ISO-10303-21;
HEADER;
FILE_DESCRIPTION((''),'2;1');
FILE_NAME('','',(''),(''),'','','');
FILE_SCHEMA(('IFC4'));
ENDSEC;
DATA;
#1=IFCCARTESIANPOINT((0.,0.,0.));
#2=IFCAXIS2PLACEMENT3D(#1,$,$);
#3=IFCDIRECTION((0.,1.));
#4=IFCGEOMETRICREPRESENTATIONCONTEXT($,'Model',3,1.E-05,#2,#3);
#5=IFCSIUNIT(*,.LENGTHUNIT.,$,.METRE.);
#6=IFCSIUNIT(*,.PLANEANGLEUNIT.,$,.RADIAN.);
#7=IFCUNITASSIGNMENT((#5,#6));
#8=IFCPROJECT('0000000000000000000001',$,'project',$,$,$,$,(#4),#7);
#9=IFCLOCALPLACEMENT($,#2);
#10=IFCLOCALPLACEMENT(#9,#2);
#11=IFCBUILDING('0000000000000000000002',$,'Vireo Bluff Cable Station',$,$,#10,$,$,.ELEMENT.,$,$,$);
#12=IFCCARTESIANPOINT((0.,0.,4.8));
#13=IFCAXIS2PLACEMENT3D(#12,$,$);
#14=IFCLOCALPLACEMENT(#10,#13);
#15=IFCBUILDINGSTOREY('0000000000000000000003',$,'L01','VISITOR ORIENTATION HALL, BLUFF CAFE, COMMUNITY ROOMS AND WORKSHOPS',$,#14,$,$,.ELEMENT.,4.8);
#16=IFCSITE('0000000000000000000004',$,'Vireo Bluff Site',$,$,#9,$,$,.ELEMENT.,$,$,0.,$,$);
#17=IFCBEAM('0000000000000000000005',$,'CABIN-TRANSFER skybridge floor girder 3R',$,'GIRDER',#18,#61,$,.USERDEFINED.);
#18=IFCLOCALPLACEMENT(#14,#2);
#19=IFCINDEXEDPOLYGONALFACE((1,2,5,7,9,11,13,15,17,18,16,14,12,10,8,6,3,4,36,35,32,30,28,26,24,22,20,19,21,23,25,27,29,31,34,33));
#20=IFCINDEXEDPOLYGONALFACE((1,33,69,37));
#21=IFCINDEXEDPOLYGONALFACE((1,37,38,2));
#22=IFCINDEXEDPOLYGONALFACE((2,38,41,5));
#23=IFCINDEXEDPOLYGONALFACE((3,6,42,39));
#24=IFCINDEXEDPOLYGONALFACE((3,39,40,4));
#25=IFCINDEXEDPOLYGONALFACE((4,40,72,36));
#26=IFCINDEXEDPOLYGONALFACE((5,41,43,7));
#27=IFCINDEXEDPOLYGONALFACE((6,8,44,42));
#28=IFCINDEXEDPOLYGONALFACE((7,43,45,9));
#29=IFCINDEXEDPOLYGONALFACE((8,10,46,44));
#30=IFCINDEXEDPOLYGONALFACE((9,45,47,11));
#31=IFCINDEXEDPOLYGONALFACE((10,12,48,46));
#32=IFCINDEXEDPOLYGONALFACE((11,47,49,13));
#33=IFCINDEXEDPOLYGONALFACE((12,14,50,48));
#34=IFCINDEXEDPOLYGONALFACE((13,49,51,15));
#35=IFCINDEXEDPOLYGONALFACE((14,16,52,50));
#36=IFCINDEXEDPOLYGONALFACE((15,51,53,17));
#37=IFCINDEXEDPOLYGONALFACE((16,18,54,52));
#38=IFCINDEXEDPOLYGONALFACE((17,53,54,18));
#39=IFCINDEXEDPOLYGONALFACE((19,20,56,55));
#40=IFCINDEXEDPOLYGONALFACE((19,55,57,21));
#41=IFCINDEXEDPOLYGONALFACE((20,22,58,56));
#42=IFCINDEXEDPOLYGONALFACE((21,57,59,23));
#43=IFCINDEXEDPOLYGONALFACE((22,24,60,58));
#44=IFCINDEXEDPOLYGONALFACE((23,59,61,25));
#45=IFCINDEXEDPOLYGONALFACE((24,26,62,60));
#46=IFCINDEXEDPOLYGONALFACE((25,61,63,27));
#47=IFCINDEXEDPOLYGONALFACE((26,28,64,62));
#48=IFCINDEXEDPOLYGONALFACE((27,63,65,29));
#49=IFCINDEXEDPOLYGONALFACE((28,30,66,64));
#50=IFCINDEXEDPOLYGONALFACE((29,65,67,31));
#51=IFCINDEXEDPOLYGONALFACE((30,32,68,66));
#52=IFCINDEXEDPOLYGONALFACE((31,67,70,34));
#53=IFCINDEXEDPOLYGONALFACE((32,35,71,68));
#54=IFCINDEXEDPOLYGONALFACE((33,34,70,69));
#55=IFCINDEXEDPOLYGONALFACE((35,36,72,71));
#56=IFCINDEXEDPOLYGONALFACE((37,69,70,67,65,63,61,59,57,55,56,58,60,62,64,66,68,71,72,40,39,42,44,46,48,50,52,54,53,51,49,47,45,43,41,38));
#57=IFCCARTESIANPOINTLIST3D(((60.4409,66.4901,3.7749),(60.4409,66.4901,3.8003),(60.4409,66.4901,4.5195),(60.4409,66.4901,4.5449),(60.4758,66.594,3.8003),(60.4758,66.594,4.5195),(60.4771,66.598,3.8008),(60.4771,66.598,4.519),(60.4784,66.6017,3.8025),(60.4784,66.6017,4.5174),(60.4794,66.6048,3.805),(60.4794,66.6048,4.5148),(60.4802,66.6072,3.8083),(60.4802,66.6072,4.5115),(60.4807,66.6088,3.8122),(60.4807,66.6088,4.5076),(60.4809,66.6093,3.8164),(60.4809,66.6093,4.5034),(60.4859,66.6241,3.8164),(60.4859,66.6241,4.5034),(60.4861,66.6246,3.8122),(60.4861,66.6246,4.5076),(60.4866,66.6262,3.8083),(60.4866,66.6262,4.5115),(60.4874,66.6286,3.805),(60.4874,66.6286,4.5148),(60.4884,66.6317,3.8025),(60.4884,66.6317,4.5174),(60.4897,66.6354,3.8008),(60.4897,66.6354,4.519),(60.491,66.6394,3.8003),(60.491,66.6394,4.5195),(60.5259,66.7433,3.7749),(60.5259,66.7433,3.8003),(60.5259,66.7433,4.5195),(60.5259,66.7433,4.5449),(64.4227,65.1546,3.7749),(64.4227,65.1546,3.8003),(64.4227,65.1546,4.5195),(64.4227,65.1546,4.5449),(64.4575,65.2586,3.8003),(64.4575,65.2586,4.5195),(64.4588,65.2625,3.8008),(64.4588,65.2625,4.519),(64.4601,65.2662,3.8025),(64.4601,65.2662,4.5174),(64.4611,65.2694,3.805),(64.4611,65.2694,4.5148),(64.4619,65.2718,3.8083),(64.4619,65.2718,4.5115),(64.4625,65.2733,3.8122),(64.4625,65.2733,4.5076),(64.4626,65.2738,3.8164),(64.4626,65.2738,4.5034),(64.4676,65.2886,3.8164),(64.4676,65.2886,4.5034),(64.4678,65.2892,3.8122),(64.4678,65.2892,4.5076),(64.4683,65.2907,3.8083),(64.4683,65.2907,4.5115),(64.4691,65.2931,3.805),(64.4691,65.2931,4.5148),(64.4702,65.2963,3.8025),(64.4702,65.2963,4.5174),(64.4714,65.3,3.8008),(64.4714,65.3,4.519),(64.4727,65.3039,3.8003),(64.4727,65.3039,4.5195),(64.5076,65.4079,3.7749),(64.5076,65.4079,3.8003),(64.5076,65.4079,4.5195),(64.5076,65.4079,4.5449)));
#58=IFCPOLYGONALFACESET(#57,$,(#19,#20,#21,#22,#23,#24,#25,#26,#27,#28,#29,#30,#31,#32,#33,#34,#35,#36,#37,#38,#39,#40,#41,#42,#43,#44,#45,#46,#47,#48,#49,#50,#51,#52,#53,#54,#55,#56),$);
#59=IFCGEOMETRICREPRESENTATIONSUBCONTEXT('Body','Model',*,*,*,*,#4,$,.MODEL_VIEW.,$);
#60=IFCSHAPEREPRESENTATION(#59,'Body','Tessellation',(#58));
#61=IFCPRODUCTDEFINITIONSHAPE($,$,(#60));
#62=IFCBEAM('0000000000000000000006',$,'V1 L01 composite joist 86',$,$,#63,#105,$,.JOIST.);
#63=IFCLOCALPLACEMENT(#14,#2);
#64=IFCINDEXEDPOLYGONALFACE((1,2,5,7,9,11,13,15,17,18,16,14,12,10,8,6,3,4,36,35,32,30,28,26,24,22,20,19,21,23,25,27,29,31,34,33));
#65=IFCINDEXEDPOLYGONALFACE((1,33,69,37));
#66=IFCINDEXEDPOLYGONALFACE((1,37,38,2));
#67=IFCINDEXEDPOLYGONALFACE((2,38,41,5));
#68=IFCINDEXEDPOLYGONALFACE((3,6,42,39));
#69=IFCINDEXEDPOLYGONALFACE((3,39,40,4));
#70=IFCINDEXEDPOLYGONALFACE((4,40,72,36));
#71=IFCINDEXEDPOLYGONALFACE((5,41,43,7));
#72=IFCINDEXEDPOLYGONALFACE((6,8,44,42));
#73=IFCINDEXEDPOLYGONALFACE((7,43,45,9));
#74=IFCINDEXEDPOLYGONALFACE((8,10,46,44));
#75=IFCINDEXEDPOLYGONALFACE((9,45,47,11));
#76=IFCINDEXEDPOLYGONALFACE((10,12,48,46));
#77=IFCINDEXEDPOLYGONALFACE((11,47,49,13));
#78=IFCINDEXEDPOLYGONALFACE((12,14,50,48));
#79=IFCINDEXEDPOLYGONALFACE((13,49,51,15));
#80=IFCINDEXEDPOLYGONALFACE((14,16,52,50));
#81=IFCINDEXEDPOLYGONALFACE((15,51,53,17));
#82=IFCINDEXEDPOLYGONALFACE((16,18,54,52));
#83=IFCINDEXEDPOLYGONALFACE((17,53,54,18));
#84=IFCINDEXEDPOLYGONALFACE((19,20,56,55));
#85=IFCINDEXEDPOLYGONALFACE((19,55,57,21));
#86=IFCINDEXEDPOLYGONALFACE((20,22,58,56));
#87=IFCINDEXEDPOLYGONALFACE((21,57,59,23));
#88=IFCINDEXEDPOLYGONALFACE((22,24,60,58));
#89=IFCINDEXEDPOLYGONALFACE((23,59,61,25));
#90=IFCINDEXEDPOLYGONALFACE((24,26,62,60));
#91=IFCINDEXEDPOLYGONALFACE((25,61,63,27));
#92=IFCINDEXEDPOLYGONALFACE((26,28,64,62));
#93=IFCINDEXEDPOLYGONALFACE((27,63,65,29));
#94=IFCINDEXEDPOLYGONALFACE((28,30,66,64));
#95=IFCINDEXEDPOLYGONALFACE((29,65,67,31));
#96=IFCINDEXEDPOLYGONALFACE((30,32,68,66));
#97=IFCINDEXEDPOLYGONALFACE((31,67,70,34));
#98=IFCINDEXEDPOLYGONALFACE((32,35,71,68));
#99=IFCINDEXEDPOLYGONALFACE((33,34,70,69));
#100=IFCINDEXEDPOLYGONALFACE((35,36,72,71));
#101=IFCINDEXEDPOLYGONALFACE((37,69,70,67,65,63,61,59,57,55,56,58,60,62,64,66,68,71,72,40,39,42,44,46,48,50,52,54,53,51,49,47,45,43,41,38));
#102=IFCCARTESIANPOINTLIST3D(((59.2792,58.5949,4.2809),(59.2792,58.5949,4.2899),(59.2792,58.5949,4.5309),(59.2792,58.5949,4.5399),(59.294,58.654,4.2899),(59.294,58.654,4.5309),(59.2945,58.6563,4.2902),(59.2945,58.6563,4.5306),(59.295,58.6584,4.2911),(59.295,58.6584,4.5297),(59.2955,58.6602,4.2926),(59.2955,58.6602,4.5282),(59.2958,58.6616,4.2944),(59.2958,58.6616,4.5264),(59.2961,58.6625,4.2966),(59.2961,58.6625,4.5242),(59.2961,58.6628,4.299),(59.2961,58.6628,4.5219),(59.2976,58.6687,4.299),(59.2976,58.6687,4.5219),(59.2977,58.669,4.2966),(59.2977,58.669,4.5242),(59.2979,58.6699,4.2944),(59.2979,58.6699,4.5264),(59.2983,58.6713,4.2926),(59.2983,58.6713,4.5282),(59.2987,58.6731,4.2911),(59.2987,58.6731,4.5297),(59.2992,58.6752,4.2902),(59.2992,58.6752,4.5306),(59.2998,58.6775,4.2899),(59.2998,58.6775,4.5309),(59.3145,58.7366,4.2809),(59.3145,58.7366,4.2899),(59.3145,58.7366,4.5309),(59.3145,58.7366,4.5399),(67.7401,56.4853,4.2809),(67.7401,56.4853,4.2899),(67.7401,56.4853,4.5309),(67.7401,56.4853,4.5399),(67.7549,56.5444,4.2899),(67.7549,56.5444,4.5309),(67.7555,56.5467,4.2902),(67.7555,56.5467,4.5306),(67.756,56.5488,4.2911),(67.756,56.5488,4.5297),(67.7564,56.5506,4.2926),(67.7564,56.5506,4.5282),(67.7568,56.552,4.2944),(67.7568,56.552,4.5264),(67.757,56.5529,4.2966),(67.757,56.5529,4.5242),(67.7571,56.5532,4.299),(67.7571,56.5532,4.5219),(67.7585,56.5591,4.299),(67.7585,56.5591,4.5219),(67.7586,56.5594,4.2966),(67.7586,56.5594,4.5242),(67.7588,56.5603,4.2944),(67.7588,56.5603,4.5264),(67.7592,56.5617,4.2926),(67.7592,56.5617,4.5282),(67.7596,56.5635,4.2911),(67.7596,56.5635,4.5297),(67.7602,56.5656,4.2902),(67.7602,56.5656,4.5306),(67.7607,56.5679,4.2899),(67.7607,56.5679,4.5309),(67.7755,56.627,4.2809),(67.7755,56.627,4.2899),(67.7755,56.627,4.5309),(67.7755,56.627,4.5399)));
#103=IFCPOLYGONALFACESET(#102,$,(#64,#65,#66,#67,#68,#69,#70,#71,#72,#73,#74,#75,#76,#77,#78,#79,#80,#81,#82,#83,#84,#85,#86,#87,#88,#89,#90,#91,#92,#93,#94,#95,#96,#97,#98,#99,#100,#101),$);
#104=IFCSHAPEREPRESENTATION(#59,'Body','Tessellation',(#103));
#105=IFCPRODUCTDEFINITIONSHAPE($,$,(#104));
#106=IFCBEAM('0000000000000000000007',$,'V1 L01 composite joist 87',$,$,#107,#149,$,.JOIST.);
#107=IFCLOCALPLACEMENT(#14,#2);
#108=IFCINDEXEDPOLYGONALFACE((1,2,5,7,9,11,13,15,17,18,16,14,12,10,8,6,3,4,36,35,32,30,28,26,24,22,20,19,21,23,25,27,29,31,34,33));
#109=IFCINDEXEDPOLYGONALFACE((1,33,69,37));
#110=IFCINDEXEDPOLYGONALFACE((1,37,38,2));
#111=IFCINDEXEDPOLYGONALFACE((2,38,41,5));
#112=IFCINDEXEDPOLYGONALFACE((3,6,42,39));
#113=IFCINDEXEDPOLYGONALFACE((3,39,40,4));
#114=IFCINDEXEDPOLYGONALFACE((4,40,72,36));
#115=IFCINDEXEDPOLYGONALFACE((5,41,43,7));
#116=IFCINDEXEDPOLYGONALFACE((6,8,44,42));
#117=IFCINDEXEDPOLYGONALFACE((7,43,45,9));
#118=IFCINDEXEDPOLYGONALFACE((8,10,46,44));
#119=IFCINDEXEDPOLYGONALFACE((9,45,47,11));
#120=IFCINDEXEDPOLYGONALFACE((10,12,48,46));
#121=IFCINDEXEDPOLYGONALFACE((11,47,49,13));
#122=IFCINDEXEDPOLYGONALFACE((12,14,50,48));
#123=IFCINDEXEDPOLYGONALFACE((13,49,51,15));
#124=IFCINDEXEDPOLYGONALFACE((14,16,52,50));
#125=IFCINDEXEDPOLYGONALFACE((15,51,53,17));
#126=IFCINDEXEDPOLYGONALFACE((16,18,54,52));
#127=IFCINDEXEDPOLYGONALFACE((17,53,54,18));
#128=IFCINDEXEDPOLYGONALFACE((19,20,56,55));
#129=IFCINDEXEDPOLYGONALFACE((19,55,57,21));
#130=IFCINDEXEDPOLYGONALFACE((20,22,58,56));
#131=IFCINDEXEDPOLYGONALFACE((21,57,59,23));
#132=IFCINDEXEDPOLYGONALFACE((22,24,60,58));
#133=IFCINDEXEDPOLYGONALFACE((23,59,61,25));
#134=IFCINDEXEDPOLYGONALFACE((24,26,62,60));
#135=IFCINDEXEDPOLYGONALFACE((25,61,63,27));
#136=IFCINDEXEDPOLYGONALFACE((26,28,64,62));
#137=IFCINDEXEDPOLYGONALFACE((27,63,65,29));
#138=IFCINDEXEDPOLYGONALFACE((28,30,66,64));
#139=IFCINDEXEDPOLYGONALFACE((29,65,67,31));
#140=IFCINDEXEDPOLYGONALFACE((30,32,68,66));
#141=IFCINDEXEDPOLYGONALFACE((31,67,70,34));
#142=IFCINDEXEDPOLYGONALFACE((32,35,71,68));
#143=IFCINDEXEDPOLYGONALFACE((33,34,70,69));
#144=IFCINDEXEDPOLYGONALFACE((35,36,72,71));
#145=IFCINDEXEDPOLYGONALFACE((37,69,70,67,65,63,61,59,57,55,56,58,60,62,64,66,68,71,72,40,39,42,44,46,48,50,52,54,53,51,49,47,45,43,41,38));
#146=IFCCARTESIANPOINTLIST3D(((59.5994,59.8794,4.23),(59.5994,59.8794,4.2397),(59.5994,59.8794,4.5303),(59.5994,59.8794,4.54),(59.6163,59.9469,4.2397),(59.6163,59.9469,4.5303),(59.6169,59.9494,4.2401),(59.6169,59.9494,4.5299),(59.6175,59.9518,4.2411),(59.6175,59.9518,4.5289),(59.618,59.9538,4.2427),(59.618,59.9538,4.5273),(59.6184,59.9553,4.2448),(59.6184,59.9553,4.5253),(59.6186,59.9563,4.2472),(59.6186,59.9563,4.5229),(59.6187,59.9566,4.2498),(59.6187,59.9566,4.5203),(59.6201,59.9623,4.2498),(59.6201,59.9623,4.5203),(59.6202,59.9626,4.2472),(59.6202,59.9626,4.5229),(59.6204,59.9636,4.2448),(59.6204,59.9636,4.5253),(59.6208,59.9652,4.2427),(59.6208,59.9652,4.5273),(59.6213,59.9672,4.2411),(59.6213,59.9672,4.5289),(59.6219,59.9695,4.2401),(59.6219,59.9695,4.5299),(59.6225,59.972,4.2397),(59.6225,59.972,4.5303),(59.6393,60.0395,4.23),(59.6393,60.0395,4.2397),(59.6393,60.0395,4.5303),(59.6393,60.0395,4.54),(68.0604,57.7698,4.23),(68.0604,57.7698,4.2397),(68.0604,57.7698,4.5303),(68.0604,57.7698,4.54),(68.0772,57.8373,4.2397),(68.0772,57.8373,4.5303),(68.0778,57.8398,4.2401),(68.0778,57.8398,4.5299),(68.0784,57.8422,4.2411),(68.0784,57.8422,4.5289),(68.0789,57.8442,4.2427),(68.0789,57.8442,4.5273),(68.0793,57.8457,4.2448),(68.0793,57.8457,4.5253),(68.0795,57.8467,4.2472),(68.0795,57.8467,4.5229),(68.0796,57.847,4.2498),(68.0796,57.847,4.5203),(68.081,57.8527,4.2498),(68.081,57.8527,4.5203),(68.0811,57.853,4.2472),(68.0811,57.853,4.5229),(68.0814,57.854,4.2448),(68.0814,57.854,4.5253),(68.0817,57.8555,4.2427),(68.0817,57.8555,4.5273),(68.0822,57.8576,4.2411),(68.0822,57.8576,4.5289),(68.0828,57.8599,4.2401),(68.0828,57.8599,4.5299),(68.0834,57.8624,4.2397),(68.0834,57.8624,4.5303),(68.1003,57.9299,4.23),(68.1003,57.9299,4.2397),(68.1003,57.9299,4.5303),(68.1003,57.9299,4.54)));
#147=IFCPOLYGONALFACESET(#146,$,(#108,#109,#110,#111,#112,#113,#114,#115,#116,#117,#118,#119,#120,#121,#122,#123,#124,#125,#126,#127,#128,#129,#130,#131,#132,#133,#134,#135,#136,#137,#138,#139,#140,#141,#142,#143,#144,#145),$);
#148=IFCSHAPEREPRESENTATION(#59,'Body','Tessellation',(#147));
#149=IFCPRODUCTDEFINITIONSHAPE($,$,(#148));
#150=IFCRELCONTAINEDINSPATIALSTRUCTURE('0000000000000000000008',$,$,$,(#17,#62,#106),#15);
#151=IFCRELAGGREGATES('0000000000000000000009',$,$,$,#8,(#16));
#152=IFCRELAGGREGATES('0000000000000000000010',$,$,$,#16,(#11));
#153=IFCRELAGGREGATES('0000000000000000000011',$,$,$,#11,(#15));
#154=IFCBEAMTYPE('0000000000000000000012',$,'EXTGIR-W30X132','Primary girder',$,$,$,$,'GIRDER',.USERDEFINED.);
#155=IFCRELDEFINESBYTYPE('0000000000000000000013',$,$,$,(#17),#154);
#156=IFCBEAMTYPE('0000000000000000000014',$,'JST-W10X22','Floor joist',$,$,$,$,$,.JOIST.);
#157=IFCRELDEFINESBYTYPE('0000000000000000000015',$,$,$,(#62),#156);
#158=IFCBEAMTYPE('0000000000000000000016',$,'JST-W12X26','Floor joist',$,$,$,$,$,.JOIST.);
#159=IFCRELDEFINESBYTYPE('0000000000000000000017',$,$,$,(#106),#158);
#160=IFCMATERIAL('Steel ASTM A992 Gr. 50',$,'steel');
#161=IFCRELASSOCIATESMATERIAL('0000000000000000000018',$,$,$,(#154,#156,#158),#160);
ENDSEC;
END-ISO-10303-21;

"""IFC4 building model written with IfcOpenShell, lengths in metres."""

from ifc_helpers import new_model, si_unit, direction, frame, origin, origin_2d, place, context, subcontext, project, spatial, i_section, extrude, material, material_profile, profile_set, type_object, element, save


model = new_model("IFC4")

# Units and contexts
model_context = context("Model", 3, precision=1e-05, world=origin(), true_north=direction((0.0, 1.0)))
body_context = subcontext(model_context, "Body", "Model", "MODEL_VIEW")
ifc_project = project(units=[si_unit("LENGTHUNIT", "METRE"), si_unit("PLANEANGLEUNIT", "RADIAN")], contexts=[model_context])

# Site, building, storey
site_placement = place(None, origin())
site = spatial("IfcSite", under=ifc_project, at=site_placement, Name="Vireo Bluff Site", CompositionType="ELEMENT", RefElevation=0.0)
building_placement = place(site_placement, origin())
building = spatial("IfcBuilding", under=site, at=building_placement, Name="Vireo Bluff Cable Station", CompositionType="ELEMENT")
storey_placement = place(building_placement, frame((0.0, 0.0, 4.8)))
storey = spatial("IfcBuildingStorey", under=building, at=storey_placement, Name="L01", Description="VISITOR ORIENTATION HALL, BLUFF CAFE, COMMUNITY ROOMS AND WORKSHOPS", CompositionType="ELEMENT", Elevation=4.8)

# Shared definitions
ifc_material_1 = material(Name="Steel ASTM A992 Gr. 50", Category="steel")

# Beams
ifc_material_profile_1 = material_profile(ifc_material_1, i_section(OverallWidth=0.2671, OverallDepth=0.77, WebThickness=0.0156, FlangeThickness=0.0254, FilletRadius=0.0161, at=origin_2d()), Name="W30X132")
ifc_profile_set_1 = profile_set([ifc_material_profile_1], Name="Steel ASTM A992 Gr. 50")
beam_type_1 = type_object("IfcBeamType", Name="EXTGIR-W30X132", Description="Primary girder", ElementType="GIRDER", PredefinedType="USERDEFINED", material=ifc_profile_set_1)
beam_1_placement = place(storey_placement, frame((60.4834, 66.6167, 4.1599), z_axis=(0.948095, -0.317989, 0.0), x_axis=(0.317989, 0.948095, 0.0)))
element("IfcBeam", 1, at=beam_1_placement, inside=storey, type_object=beam_type_1, Name="CABIN-TRANSFER skybridge floor girder 3R", ObjectType="GIRDER", PredefinedType="USERDEFINED", context=body_context, shape_type="SweptSolid", body=[
    extrude(i_section(OverallWidth=0.2671, OverallDepth=0.77, WebThickness=0.0156, FlangeThickness=0.0254, FilletRadius=0.0161, at=origin_2d()), origin(), (0.0, 0.0, 1.0), 4.1997),
])
ifc_material_profile_2 = material_profile(ifc_material_1, i_section(OverallWidth=0.146, OverallDepth=0.259, WebThickness=0.0061, FlangeThickness=0.009, FilletRadius=0.009, at=origin_2d()), Name="W10X22")
ifc_profile_set_2 = profile_set([ifc_material_profile_2], Name="Steel ASTM A992 Gr. 50")
beam_type_2 = type_object("IfcBeamType", Name="JST-W10X22", Description="Floor joist", PredefinedType="JOIST", material=ifc_profile_set_2)
beam_2_placement = place(storey_placement, frame((59.2969, 58.6658, 4.4104), z_axis=(0.970294, -0.24193, 0.0), x_axis=(0.24193, 0.970294, 0.0)))
element("IfcBeam", 2, at=beam_2_placement, inside=storey, type_object=beam_type_2, Name="V1 L01 composite joist 86", PredefinedType="JOIST", context=body_context, shape_type="SweptSolid", body=[
    extrude(i_section(OverallWidth=0.146, OverallDepth=0.259, WebThickness=0.0061, FlangeThickness=0.009, FilletRadius=0.009, at=origin_2d()), origin(), (0.0, 0.0, 1.0), 8.72),
])
ifc_material_profile_3 = material_profile(ifc_material_1, i_section(OverallWidth=0.165, OverallDepth=0.3101, WebThickness=0.0059, FlangeThickness=0.0098, FilletRadius=0.01, at=origin_2d()), Name="W12X26")
ifc_profile_set_3 = profile_set([ifc_material_profile_3], Name="Steel ASTM A992 Gr. 50")
beam_type_3 = type_object("IfcBeamType", Name="JST-W12X26", Description="Floor joist", PredefinedType="JOIST", material=ifc_profile_set_3)
beam_3_placement = place(storey_placement, frame((59.6194, 59.9595, 4.385), z_axis=(0.970294, -0.24193, 0.0), x_axis=(0.24193, 0.970294, 0.0)))
element("IfcBeam", 3, at=beam_3_placement, inside=storey, type_object=beam_type_3, Name="V1 L01 composite joist 87", PredefinedType="JOIST", context=body_context, shape_type="SweptSolid", body=[
    extrude(i_section(OverallWidth=0.165, OverallDepth=0.3101, WebThickness=0.0059, FlangeThickness=0.0098, FilletRadius=0.01, at=origin_2d()), origin(), (0.0, 0.0, 1.0), 8.72),
])

save(model, "model.ifc")
